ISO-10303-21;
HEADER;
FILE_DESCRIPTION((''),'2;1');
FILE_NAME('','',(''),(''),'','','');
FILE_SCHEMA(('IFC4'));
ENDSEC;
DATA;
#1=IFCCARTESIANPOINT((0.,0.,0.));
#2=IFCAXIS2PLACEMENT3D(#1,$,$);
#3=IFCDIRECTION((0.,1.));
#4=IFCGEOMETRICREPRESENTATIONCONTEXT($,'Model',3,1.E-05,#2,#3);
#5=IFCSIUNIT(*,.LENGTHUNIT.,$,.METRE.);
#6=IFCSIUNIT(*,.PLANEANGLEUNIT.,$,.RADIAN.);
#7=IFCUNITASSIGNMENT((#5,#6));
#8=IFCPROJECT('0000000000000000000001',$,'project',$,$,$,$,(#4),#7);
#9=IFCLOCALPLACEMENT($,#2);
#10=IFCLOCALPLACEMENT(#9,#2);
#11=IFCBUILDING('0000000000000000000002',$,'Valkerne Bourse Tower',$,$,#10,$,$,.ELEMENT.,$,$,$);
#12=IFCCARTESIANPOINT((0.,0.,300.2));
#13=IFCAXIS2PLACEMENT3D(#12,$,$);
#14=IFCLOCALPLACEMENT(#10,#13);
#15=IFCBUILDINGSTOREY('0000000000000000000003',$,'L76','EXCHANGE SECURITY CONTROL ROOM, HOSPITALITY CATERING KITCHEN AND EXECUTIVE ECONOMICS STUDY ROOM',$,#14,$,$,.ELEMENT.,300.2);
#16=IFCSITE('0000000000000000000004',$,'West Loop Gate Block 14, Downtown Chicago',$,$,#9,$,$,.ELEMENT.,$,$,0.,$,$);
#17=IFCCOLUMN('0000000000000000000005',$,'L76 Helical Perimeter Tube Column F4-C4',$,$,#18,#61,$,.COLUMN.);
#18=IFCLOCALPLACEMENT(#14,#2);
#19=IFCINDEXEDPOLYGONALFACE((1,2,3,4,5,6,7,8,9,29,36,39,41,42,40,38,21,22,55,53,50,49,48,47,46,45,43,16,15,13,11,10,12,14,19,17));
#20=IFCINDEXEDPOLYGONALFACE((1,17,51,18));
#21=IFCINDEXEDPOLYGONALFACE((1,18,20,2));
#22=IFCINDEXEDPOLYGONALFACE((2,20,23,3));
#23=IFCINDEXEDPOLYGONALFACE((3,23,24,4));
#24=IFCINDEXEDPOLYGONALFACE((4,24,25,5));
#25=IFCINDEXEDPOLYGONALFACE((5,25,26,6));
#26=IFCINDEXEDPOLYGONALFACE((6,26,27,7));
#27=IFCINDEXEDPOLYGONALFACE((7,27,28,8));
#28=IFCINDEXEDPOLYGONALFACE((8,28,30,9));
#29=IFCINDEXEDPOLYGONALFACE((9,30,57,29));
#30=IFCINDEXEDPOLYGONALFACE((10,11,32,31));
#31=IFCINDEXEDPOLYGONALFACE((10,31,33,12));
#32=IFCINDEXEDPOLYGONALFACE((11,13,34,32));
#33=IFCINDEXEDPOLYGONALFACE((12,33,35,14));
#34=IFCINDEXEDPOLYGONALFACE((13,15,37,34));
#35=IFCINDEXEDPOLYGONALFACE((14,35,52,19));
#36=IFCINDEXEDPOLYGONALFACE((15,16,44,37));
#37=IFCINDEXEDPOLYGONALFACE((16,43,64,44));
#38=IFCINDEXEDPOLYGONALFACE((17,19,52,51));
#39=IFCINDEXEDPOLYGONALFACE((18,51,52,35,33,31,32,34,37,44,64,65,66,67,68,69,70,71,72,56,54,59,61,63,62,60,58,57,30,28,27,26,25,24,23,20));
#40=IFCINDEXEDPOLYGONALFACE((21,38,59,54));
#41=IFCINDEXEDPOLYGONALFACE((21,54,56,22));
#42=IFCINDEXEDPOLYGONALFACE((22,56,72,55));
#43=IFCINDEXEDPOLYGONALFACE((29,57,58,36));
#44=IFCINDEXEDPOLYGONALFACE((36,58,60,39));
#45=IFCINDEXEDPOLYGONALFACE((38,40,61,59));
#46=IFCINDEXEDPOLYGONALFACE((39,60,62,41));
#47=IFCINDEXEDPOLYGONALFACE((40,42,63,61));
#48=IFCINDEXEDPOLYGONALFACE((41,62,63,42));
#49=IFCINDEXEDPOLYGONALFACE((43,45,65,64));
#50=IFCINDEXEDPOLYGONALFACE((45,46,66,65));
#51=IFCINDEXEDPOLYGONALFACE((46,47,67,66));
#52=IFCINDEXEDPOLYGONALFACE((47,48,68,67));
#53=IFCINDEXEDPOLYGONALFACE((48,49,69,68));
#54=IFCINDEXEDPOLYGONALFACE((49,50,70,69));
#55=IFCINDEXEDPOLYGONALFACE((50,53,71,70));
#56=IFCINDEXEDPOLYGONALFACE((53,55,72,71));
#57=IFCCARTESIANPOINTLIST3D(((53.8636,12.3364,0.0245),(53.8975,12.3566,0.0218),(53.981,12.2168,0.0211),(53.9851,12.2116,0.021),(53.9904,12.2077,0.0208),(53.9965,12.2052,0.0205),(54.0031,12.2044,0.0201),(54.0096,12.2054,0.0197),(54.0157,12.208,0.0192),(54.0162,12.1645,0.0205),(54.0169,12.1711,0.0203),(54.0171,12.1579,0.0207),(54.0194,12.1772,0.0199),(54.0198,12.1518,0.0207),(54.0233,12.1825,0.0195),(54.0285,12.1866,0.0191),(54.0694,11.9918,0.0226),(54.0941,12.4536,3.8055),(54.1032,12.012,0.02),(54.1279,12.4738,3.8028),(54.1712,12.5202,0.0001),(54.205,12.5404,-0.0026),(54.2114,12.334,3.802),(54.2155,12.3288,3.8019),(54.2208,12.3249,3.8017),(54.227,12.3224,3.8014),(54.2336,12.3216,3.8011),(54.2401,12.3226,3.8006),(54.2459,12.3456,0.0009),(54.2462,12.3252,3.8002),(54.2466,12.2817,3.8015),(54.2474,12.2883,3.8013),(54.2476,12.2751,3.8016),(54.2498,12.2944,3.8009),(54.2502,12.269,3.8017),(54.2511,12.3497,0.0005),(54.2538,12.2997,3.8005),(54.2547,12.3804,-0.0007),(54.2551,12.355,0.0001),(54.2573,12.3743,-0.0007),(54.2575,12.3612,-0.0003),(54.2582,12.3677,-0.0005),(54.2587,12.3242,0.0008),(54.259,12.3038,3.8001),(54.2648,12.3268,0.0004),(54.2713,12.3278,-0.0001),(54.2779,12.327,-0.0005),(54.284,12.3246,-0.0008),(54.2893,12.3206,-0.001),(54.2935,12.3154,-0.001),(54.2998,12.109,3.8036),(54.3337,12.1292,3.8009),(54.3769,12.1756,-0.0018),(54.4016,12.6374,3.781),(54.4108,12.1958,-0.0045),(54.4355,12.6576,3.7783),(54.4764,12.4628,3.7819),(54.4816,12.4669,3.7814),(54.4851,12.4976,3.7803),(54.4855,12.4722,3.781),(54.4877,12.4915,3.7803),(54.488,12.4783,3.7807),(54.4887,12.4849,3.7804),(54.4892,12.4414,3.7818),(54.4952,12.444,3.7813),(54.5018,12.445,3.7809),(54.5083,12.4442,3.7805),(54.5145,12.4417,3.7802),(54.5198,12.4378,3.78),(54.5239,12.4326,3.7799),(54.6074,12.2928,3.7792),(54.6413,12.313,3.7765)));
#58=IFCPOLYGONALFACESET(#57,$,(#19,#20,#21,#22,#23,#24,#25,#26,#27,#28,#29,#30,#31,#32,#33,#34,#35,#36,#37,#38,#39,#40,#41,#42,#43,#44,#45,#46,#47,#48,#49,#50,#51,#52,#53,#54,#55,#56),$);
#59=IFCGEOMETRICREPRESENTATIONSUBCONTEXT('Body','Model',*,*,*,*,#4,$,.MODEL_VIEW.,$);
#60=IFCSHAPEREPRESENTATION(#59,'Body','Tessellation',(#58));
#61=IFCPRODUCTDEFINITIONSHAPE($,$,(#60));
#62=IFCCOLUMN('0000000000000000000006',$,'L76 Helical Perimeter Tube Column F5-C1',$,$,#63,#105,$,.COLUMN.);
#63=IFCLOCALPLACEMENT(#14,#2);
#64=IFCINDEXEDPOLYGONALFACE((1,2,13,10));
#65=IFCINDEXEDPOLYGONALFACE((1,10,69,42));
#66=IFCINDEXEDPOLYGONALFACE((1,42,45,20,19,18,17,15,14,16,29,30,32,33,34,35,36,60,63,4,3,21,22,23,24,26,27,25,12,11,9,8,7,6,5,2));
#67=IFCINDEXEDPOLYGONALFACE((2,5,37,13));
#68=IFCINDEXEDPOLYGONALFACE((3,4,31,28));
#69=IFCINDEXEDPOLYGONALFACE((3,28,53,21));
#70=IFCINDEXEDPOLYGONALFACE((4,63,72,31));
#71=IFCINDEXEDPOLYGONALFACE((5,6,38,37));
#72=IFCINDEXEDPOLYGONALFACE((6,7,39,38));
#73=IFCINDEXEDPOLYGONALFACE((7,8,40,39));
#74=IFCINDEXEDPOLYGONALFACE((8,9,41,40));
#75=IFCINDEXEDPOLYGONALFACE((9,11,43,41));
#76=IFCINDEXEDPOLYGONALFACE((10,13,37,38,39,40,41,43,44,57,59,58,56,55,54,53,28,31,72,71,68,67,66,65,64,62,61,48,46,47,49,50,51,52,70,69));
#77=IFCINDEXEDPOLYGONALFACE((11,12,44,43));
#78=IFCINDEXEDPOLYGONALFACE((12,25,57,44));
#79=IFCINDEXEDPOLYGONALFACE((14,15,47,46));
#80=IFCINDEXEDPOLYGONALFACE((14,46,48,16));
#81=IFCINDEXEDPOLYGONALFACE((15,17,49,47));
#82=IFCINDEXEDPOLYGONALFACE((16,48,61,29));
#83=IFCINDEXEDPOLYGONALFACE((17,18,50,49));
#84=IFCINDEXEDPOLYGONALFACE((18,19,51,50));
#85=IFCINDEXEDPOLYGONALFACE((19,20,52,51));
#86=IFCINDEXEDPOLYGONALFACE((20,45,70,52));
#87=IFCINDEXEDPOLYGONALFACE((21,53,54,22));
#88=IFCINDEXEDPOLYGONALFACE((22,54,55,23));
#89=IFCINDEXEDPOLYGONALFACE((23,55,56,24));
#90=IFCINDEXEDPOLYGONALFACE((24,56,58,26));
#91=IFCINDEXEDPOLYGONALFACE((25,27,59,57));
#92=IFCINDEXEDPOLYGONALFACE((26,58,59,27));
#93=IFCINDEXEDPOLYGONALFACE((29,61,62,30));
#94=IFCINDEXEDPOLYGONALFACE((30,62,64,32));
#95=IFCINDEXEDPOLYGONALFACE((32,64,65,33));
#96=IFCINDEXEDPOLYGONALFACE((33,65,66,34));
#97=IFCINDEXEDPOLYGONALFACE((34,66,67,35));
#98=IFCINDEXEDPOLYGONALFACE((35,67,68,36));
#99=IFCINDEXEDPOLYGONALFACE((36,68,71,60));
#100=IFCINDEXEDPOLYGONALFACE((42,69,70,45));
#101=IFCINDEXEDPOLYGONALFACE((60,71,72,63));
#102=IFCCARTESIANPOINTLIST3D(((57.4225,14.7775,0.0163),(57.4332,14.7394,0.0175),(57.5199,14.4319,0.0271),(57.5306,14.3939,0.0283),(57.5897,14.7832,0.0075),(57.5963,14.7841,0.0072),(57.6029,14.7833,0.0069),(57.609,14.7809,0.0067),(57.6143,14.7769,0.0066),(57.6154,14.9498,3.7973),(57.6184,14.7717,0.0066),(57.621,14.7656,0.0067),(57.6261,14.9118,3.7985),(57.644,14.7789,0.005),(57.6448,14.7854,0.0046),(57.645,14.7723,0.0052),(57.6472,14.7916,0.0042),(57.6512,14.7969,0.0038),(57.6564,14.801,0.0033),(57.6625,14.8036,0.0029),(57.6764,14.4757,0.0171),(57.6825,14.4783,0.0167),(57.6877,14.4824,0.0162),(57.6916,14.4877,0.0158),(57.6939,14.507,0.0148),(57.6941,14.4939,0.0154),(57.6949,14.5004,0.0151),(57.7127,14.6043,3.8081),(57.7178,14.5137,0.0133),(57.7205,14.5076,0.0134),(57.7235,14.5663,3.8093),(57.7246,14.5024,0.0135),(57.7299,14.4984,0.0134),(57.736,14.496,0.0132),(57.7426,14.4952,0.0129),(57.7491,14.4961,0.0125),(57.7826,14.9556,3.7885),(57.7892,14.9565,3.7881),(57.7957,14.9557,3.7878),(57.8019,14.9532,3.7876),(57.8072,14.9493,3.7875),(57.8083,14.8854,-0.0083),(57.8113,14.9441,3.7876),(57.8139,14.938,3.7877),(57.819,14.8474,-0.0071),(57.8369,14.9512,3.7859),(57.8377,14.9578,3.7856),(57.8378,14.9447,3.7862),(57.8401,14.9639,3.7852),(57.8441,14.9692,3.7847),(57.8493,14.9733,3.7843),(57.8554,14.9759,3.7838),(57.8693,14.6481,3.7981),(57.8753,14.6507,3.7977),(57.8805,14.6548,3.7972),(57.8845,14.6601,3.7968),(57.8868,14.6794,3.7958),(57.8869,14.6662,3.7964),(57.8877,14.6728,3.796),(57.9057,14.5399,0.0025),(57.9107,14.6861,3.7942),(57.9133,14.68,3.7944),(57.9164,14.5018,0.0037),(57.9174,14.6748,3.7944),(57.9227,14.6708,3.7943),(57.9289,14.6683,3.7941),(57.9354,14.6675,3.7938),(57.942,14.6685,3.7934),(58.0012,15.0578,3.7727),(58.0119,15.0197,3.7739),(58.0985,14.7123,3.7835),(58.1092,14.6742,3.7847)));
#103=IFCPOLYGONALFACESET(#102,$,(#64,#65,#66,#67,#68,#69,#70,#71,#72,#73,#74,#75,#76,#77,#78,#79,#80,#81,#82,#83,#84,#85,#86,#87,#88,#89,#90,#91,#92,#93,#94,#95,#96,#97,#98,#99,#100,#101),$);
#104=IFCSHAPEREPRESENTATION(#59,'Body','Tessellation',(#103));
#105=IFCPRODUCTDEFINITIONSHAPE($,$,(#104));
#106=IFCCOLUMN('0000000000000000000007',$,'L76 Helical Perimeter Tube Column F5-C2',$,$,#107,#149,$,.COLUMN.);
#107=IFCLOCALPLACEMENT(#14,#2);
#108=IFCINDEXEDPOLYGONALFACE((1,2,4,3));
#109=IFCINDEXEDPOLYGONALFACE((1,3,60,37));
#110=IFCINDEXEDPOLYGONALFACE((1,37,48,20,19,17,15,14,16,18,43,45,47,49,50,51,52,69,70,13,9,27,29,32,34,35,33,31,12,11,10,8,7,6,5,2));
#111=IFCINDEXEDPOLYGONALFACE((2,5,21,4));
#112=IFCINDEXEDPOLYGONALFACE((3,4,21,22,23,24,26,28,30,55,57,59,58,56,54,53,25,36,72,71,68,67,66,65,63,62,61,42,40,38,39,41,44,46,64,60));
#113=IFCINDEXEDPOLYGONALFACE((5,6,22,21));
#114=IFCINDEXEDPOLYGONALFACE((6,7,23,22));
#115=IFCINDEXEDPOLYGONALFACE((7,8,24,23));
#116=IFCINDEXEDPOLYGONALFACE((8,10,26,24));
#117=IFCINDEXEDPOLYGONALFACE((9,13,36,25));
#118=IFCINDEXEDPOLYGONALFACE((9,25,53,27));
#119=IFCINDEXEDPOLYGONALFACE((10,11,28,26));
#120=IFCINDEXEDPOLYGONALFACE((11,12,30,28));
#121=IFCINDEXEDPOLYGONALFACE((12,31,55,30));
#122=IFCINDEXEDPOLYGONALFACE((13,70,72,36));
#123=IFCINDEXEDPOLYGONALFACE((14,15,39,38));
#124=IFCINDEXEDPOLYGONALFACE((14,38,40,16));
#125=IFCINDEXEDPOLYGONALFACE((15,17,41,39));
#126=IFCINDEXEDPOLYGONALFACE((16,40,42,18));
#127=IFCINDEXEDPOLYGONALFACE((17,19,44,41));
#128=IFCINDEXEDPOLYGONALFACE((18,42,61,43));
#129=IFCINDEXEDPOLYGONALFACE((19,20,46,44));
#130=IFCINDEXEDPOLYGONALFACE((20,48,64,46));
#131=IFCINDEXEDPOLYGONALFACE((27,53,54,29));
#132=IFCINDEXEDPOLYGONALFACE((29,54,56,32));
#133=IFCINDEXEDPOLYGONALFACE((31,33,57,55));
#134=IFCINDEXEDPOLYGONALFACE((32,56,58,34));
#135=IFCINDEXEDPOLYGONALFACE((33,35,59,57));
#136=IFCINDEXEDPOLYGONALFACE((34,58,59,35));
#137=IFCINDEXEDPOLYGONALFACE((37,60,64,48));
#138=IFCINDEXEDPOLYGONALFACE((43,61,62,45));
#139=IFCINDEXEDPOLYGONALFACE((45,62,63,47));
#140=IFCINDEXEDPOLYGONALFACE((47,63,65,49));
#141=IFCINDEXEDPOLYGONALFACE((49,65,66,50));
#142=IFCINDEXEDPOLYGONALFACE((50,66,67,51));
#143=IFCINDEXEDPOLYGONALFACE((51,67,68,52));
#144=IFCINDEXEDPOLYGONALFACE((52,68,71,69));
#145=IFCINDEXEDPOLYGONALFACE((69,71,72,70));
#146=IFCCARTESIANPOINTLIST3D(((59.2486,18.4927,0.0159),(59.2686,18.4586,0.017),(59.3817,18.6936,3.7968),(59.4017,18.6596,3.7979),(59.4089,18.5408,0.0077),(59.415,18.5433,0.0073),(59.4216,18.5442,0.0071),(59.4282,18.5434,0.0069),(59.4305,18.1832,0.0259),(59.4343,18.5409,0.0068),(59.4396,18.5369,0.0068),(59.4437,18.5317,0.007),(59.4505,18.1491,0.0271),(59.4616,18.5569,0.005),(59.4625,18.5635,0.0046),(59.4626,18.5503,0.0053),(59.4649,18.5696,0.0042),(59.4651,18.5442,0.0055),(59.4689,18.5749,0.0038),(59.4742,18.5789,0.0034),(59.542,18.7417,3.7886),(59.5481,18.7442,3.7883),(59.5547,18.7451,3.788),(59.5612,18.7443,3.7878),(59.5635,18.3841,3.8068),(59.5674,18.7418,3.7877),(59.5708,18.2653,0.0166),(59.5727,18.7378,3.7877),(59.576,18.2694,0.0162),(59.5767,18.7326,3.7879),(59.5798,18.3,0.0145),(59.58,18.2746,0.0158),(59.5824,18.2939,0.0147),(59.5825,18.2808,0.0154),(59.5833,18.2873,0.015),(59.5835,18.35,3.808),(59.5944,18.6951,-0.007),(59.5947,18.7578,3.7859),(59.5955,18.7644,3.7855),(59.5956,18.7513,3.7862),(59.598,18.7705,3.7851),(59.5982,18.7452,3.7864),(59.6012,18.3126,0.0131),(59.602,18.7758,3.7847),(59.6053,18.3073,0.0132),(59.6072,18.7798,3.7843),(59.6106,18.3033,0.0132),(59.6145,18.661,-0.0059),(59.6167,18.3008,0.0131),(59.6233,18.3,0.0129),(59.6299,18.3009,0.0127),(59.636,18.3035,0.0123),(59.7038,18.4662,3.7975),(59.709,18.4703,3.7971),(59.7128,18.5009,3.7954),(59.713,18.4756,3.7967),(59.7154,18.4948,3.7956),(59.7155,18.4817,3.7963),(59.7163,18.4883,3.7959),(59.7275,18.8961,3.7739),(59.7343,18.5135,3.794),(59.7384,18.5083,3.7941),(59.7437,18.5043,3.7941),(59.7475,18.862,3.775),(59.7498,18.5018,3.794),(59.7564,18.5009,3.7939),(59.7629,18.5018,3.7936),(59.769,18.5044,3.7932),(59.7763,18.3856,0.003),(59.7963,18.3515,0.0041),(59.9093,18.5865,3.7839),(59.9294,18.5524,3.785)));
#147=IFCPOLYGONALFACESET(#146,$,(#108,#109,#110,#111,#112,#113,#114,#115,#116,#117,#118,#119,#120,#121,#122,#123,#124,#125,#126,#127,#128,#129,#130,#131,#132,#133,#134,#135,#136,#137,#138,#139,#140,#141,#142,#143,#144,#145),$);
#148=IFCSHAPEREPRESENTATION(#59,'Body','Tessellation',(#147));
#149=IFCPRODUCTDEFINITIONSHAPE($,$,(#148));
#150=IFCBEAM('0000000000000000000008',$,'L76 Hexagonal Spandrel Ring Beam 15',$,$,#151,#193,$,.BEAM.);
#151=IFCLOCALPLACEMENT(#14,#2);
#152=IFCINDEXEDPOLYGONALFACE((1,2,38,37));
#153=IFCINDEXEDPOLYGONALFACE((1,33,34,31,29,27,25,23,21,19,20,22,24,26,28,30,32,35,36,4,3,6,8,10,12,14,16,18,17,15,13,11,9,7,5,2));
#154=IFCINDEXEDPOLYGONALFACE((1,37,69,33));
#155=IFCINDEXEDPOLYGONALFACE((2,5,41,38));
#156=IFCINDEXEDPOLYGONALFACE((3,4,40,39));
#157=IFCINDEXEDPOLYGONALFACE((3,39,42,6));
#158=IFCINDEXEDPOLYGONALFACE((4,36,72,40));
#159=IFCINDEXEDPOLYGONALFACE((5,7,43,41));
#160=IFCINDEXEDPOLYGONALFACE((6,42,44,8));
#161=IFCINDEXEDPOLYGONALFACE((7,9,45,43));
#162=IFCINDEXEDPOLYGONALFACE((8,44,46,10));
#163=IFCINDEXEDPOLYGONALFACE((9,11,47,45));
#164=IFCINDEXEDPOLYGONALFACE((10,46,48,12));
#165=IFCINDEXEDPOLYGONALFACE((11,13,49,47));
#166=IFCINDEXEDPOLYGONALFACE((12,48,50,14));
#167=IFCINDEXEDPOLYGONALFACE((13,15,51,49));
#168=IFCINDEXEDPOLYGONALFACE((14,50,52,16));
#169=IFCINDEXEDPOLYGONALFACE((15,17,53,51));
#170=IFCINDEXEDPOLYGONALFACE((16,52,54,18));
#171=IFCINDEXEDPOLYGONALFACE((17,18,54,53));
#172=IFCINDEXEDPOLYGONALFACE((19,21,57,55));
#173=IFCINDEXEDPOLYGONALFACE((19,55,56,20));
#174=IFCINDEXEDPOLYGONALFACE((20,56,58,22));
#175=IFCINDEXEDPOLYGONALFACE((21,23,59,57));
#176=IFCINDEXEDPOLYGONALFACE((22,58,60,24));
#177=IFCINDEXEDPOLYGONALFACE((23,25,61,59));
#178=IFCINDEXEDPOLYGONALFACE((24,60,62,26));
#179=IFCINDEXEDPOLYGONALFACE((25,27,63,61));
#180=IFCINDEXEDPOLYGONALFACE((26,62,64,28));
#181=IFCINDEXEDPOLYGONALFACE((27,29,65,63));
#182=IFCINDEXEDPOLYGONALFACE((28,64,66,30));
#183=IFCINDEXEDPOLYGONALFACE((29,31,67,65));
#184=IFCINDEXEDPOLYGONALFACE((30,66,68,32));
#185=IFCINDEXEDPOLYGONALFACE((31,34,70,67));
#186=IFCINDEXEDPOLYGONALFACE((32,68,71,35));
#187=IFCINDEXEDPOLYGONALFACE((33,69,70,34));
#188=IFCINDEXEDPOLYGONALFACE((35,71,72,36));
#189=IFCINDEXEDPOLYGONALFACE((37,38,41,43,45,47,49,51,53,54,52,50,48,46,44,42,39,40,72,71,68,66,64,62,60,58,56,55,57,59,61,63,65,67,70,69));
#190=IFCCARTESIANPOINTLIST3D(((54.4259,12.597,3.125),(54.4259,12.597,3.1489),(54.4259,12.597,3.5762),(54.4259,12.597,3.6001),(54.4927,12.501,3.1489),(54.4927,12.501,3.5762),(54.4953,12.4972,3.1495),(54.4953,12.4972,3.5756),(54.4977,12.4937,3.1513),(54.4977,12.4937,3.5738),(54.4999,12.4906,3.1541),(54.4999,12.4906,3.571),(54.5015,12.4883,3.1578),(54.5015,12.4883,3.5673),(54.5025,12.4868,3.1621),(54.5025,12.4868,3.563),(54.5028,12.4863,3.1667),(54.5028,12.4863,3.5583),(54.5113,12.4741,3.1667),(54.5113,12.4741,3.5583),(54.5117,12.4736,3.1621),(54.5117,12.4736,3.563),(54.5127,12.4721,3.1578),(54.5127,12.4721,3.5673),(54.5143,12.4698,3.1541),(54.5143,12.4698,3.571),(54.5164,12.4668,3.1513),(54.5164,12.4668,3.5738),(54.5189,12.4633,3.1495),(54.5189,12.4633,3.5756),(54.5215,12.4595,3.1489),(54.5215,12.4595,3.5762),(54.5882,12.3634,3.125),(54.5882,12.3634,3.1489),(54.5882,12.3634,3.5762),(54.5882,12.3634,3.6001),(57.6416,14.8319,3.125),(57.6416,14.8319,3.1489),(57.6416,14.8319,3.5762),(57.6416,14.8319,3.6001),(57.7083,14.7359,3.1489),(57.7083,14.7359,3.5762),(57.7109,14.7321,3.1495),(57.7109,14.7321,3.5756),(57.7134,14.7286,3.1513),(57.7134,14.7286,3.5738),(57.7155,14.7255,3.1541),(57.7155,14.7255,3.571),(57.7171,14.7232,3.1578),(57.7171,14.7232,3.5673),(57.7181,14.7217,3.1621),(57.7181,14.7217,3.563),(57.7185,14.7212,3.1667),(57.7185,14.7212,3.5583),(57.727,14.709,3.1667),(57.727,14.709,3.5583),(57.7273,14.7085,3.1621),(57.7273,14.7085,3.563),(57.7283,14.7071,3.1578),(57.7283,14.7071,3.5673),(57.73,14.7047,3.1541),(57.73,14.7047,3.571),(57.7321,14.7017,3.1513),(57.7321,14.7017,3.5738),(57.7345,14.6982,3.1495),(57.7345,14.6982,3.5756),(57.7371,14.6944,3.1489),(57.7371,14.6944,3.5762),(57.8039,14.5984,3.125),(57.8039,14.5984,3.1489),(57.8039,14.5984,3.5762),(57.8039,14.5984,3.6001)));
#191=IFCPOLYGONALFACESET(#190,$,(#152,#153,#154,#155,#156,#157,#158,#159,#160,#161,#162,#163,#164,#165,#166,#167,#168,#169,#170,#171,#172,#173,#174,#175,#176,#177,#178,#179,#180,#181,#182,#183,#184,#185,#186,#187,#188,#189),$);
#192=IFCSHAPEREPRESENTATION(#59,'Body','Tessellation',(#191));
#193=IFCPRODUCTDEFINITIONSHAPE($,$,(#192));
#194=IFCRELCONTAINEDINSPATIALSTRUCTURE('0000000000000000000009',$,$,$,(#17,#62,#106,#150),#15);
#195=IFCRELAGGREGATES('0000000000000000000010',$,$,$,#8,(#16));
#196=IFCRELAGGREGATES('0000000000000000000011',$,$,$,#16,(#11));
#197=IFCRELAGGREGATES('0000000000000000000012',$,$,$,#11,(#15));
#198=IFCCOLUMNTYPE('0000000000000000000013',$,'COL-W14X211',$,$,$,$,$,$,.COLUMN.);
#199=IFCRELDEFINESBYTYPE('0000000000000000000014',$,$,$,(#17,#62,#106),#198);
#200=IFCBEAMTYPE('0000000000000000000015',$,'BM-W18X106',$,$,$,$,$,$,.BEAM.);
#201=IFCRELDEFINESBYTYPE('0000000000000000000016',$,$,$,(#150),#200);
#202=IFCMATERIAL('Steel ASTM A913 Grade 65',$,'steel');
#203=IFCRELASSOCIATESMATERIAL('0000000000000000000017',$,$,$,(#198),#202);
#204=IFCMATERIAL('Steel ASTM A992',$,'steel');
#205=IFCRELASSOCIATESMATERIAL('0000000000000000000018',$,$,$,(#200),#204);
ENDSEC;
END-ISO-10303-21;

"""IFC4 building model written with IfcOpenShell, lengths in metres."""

from ifc_helpers import new_model, si_unit, direction, frame, origin, origin_2d, place, context, subcontext, project, spatial, i_section, extrude, material, material_profile, profile_set, type_object, element, save


model = new_model("IFC4")

# Units and contexts
model_context = context("Model", 3, precision=1e-05, world=origin(), true_north=direction((0.0, 1.0)))
body_context = subcontext(model_context, "Body", "Model", "MODEL_VIEW")
ifc_project = project(units=[si_unit("LENGTHUNIT", "METRE"), si_unit("PLANEANGLEUNIT", "RADIAN")], contexts=[model_context])

# Site, building, storey
site_placement = place(None, origin())
site = spatial("IfcSite", under=ifc_project, at=site_placement, Name="West Loop Gate Block 14, Downtown Chicago", CompositionType="ELEMENT", RefElevation=0.0)
building_placement = place(site_placement, origin())
building = spatial("IfcBuilding", under=site, at=building_placement, Name="Valkerne Bourse Tower", CompositionType="ELEMENT")
storey_placement = place(building_placement, frame((0.0, 0.0, 300.2)))
storey = spatial("IfcBuildingStorey", under=building, at=storey_placement, Name="L76", Description="EXCHANGE SECURITY CONTROL ROOM, HOSPITALITY CATERING KITCHEN AND EXECUTIVE ECONOMICS STUDY ROOM", CompositionType="ELEMENT", Elevation=300.2)

# Columns
ifc_material_1 = material(Name="Steel ASTM A913 Grade 65", Category="steel")
ifc_material_profile_1 = material_profile(ifc_material_1, i_section(OverallWidth=0.4014, OverallDepth=0.3987, WebThickness=0.0249, FlangeThickness=0.0396, FilletRadius=0.0254, at=origin_2d()), Name="W14X211")
ifc_profile_set_1 = profile_set([ifc_material_profile_1], Name="Steel ASTM A913 Grade 65")
column_type = type_object("IfcColumnType", Name="COL-W14X211", PredefinedType="COLUMN", material=ifc_profile_set_1)
for number, where, z_axis, x_axis, name in (
    (1, (54.1372, 12.2661, 0.01), (0.060812, 0.030922, 0.99767), (-0.512684, 0.858565, 0.00464), "L76 Helical Perimeter Tube Column F4-C4"),
    (2, (57.6694, 14.6396, 0.01), (0.050892, 0.04548, 0.997668), (-0.961195, -0.268974, 0.061293), "L76 Helical Perimeter Tube Column F5-C1"),
):
    element("IfcColumn", number, at=place(storey_placement, frame(where, z_axis=z_axis, x_axis=x_axis)), inside=storey, type_object=column_type, Name=name, PredefinedType="COLUMN", context=body_context, shape_type="SweptSolid", body=[
        extrude(i_section(OverallWidth=0.4014, OverallDepth=0.3987, WebThickness=0.0249, FlangeThickness=0.0396, FilletRadius=0.0254, at=origin_2d()), origin(), (0.0, 0.0, 1.0), 3.7898),
    ])
column_placement = place(storey_placement, frame((59.5225, 18.4221, 0.01), z_axis=(0.03512, 0.053034, 0.997975), x_axis=(-0.861624, -0.504322, 0.057122)))
element("IfcColumn", 3, at=column_placement, inside=storey, type_object=column_type, Name="L76 Helical Perimeter Tube Column F5-C2", PredefinedType="COLUMN", context=body_context, shape_type="SweptSolid", body=[
    extrude(i_section(OverallWidth=0.4014, OverallDepth=0.3987, WebThickness=0.0249, FlangeThickness=0.0396, FilletRadius=0.0254, at=origin_2d()), origin(), (0.0, 0.0, 1.0), 3.7886),
])

# Beam
ifc_material_2 = material(Name="Steel ASTM A992", Category="steel")
ifc_material_profile_2 = material_profile(ifc_material_2, i_section(OverallWidth=0.2844, OverallDepth=0.4751, WebThickness=0.0149, FlangeThickness=0.0239, FilletRadius=0.0178, at=origin_2d()), Name="W18X106")
ifc_profile_set_2 = profile_set([ifc_material_profile_2], Name="Steel ASTM A992")
beam_type = type_object("IfcBeamType", Name="BM-W18X106", PredefinedType="BEAM", material=ifc_profile_set_2)
beam_1_placement = place(storey_placement, frame((54.5071, 12.4802, 3.3625), z_axis=(0.821152, 0.57071, 0.0), x_axis=(-0.57071, 0.821152, 0.0)))
element("IfcBeam", 4, at=beam_1_placement, inside=storey, type_object=beam_type, Name="L76 Hexagonal Spandrel Ring Beam 15", PredefinedType="BEAM", context=body_context, shape_type="SweptSolid", body=[
    extrude(i_section(OverallWidth=0.2844, OverallDepth=0.4751, WebThickness=0.0149, FlangeThickness=0.0239, FilletRadius=0.0178, at=origin_2d()), origin(), (0.0, 0.0, 1.0), 3.916),
])

save(model, "model.ifc")
